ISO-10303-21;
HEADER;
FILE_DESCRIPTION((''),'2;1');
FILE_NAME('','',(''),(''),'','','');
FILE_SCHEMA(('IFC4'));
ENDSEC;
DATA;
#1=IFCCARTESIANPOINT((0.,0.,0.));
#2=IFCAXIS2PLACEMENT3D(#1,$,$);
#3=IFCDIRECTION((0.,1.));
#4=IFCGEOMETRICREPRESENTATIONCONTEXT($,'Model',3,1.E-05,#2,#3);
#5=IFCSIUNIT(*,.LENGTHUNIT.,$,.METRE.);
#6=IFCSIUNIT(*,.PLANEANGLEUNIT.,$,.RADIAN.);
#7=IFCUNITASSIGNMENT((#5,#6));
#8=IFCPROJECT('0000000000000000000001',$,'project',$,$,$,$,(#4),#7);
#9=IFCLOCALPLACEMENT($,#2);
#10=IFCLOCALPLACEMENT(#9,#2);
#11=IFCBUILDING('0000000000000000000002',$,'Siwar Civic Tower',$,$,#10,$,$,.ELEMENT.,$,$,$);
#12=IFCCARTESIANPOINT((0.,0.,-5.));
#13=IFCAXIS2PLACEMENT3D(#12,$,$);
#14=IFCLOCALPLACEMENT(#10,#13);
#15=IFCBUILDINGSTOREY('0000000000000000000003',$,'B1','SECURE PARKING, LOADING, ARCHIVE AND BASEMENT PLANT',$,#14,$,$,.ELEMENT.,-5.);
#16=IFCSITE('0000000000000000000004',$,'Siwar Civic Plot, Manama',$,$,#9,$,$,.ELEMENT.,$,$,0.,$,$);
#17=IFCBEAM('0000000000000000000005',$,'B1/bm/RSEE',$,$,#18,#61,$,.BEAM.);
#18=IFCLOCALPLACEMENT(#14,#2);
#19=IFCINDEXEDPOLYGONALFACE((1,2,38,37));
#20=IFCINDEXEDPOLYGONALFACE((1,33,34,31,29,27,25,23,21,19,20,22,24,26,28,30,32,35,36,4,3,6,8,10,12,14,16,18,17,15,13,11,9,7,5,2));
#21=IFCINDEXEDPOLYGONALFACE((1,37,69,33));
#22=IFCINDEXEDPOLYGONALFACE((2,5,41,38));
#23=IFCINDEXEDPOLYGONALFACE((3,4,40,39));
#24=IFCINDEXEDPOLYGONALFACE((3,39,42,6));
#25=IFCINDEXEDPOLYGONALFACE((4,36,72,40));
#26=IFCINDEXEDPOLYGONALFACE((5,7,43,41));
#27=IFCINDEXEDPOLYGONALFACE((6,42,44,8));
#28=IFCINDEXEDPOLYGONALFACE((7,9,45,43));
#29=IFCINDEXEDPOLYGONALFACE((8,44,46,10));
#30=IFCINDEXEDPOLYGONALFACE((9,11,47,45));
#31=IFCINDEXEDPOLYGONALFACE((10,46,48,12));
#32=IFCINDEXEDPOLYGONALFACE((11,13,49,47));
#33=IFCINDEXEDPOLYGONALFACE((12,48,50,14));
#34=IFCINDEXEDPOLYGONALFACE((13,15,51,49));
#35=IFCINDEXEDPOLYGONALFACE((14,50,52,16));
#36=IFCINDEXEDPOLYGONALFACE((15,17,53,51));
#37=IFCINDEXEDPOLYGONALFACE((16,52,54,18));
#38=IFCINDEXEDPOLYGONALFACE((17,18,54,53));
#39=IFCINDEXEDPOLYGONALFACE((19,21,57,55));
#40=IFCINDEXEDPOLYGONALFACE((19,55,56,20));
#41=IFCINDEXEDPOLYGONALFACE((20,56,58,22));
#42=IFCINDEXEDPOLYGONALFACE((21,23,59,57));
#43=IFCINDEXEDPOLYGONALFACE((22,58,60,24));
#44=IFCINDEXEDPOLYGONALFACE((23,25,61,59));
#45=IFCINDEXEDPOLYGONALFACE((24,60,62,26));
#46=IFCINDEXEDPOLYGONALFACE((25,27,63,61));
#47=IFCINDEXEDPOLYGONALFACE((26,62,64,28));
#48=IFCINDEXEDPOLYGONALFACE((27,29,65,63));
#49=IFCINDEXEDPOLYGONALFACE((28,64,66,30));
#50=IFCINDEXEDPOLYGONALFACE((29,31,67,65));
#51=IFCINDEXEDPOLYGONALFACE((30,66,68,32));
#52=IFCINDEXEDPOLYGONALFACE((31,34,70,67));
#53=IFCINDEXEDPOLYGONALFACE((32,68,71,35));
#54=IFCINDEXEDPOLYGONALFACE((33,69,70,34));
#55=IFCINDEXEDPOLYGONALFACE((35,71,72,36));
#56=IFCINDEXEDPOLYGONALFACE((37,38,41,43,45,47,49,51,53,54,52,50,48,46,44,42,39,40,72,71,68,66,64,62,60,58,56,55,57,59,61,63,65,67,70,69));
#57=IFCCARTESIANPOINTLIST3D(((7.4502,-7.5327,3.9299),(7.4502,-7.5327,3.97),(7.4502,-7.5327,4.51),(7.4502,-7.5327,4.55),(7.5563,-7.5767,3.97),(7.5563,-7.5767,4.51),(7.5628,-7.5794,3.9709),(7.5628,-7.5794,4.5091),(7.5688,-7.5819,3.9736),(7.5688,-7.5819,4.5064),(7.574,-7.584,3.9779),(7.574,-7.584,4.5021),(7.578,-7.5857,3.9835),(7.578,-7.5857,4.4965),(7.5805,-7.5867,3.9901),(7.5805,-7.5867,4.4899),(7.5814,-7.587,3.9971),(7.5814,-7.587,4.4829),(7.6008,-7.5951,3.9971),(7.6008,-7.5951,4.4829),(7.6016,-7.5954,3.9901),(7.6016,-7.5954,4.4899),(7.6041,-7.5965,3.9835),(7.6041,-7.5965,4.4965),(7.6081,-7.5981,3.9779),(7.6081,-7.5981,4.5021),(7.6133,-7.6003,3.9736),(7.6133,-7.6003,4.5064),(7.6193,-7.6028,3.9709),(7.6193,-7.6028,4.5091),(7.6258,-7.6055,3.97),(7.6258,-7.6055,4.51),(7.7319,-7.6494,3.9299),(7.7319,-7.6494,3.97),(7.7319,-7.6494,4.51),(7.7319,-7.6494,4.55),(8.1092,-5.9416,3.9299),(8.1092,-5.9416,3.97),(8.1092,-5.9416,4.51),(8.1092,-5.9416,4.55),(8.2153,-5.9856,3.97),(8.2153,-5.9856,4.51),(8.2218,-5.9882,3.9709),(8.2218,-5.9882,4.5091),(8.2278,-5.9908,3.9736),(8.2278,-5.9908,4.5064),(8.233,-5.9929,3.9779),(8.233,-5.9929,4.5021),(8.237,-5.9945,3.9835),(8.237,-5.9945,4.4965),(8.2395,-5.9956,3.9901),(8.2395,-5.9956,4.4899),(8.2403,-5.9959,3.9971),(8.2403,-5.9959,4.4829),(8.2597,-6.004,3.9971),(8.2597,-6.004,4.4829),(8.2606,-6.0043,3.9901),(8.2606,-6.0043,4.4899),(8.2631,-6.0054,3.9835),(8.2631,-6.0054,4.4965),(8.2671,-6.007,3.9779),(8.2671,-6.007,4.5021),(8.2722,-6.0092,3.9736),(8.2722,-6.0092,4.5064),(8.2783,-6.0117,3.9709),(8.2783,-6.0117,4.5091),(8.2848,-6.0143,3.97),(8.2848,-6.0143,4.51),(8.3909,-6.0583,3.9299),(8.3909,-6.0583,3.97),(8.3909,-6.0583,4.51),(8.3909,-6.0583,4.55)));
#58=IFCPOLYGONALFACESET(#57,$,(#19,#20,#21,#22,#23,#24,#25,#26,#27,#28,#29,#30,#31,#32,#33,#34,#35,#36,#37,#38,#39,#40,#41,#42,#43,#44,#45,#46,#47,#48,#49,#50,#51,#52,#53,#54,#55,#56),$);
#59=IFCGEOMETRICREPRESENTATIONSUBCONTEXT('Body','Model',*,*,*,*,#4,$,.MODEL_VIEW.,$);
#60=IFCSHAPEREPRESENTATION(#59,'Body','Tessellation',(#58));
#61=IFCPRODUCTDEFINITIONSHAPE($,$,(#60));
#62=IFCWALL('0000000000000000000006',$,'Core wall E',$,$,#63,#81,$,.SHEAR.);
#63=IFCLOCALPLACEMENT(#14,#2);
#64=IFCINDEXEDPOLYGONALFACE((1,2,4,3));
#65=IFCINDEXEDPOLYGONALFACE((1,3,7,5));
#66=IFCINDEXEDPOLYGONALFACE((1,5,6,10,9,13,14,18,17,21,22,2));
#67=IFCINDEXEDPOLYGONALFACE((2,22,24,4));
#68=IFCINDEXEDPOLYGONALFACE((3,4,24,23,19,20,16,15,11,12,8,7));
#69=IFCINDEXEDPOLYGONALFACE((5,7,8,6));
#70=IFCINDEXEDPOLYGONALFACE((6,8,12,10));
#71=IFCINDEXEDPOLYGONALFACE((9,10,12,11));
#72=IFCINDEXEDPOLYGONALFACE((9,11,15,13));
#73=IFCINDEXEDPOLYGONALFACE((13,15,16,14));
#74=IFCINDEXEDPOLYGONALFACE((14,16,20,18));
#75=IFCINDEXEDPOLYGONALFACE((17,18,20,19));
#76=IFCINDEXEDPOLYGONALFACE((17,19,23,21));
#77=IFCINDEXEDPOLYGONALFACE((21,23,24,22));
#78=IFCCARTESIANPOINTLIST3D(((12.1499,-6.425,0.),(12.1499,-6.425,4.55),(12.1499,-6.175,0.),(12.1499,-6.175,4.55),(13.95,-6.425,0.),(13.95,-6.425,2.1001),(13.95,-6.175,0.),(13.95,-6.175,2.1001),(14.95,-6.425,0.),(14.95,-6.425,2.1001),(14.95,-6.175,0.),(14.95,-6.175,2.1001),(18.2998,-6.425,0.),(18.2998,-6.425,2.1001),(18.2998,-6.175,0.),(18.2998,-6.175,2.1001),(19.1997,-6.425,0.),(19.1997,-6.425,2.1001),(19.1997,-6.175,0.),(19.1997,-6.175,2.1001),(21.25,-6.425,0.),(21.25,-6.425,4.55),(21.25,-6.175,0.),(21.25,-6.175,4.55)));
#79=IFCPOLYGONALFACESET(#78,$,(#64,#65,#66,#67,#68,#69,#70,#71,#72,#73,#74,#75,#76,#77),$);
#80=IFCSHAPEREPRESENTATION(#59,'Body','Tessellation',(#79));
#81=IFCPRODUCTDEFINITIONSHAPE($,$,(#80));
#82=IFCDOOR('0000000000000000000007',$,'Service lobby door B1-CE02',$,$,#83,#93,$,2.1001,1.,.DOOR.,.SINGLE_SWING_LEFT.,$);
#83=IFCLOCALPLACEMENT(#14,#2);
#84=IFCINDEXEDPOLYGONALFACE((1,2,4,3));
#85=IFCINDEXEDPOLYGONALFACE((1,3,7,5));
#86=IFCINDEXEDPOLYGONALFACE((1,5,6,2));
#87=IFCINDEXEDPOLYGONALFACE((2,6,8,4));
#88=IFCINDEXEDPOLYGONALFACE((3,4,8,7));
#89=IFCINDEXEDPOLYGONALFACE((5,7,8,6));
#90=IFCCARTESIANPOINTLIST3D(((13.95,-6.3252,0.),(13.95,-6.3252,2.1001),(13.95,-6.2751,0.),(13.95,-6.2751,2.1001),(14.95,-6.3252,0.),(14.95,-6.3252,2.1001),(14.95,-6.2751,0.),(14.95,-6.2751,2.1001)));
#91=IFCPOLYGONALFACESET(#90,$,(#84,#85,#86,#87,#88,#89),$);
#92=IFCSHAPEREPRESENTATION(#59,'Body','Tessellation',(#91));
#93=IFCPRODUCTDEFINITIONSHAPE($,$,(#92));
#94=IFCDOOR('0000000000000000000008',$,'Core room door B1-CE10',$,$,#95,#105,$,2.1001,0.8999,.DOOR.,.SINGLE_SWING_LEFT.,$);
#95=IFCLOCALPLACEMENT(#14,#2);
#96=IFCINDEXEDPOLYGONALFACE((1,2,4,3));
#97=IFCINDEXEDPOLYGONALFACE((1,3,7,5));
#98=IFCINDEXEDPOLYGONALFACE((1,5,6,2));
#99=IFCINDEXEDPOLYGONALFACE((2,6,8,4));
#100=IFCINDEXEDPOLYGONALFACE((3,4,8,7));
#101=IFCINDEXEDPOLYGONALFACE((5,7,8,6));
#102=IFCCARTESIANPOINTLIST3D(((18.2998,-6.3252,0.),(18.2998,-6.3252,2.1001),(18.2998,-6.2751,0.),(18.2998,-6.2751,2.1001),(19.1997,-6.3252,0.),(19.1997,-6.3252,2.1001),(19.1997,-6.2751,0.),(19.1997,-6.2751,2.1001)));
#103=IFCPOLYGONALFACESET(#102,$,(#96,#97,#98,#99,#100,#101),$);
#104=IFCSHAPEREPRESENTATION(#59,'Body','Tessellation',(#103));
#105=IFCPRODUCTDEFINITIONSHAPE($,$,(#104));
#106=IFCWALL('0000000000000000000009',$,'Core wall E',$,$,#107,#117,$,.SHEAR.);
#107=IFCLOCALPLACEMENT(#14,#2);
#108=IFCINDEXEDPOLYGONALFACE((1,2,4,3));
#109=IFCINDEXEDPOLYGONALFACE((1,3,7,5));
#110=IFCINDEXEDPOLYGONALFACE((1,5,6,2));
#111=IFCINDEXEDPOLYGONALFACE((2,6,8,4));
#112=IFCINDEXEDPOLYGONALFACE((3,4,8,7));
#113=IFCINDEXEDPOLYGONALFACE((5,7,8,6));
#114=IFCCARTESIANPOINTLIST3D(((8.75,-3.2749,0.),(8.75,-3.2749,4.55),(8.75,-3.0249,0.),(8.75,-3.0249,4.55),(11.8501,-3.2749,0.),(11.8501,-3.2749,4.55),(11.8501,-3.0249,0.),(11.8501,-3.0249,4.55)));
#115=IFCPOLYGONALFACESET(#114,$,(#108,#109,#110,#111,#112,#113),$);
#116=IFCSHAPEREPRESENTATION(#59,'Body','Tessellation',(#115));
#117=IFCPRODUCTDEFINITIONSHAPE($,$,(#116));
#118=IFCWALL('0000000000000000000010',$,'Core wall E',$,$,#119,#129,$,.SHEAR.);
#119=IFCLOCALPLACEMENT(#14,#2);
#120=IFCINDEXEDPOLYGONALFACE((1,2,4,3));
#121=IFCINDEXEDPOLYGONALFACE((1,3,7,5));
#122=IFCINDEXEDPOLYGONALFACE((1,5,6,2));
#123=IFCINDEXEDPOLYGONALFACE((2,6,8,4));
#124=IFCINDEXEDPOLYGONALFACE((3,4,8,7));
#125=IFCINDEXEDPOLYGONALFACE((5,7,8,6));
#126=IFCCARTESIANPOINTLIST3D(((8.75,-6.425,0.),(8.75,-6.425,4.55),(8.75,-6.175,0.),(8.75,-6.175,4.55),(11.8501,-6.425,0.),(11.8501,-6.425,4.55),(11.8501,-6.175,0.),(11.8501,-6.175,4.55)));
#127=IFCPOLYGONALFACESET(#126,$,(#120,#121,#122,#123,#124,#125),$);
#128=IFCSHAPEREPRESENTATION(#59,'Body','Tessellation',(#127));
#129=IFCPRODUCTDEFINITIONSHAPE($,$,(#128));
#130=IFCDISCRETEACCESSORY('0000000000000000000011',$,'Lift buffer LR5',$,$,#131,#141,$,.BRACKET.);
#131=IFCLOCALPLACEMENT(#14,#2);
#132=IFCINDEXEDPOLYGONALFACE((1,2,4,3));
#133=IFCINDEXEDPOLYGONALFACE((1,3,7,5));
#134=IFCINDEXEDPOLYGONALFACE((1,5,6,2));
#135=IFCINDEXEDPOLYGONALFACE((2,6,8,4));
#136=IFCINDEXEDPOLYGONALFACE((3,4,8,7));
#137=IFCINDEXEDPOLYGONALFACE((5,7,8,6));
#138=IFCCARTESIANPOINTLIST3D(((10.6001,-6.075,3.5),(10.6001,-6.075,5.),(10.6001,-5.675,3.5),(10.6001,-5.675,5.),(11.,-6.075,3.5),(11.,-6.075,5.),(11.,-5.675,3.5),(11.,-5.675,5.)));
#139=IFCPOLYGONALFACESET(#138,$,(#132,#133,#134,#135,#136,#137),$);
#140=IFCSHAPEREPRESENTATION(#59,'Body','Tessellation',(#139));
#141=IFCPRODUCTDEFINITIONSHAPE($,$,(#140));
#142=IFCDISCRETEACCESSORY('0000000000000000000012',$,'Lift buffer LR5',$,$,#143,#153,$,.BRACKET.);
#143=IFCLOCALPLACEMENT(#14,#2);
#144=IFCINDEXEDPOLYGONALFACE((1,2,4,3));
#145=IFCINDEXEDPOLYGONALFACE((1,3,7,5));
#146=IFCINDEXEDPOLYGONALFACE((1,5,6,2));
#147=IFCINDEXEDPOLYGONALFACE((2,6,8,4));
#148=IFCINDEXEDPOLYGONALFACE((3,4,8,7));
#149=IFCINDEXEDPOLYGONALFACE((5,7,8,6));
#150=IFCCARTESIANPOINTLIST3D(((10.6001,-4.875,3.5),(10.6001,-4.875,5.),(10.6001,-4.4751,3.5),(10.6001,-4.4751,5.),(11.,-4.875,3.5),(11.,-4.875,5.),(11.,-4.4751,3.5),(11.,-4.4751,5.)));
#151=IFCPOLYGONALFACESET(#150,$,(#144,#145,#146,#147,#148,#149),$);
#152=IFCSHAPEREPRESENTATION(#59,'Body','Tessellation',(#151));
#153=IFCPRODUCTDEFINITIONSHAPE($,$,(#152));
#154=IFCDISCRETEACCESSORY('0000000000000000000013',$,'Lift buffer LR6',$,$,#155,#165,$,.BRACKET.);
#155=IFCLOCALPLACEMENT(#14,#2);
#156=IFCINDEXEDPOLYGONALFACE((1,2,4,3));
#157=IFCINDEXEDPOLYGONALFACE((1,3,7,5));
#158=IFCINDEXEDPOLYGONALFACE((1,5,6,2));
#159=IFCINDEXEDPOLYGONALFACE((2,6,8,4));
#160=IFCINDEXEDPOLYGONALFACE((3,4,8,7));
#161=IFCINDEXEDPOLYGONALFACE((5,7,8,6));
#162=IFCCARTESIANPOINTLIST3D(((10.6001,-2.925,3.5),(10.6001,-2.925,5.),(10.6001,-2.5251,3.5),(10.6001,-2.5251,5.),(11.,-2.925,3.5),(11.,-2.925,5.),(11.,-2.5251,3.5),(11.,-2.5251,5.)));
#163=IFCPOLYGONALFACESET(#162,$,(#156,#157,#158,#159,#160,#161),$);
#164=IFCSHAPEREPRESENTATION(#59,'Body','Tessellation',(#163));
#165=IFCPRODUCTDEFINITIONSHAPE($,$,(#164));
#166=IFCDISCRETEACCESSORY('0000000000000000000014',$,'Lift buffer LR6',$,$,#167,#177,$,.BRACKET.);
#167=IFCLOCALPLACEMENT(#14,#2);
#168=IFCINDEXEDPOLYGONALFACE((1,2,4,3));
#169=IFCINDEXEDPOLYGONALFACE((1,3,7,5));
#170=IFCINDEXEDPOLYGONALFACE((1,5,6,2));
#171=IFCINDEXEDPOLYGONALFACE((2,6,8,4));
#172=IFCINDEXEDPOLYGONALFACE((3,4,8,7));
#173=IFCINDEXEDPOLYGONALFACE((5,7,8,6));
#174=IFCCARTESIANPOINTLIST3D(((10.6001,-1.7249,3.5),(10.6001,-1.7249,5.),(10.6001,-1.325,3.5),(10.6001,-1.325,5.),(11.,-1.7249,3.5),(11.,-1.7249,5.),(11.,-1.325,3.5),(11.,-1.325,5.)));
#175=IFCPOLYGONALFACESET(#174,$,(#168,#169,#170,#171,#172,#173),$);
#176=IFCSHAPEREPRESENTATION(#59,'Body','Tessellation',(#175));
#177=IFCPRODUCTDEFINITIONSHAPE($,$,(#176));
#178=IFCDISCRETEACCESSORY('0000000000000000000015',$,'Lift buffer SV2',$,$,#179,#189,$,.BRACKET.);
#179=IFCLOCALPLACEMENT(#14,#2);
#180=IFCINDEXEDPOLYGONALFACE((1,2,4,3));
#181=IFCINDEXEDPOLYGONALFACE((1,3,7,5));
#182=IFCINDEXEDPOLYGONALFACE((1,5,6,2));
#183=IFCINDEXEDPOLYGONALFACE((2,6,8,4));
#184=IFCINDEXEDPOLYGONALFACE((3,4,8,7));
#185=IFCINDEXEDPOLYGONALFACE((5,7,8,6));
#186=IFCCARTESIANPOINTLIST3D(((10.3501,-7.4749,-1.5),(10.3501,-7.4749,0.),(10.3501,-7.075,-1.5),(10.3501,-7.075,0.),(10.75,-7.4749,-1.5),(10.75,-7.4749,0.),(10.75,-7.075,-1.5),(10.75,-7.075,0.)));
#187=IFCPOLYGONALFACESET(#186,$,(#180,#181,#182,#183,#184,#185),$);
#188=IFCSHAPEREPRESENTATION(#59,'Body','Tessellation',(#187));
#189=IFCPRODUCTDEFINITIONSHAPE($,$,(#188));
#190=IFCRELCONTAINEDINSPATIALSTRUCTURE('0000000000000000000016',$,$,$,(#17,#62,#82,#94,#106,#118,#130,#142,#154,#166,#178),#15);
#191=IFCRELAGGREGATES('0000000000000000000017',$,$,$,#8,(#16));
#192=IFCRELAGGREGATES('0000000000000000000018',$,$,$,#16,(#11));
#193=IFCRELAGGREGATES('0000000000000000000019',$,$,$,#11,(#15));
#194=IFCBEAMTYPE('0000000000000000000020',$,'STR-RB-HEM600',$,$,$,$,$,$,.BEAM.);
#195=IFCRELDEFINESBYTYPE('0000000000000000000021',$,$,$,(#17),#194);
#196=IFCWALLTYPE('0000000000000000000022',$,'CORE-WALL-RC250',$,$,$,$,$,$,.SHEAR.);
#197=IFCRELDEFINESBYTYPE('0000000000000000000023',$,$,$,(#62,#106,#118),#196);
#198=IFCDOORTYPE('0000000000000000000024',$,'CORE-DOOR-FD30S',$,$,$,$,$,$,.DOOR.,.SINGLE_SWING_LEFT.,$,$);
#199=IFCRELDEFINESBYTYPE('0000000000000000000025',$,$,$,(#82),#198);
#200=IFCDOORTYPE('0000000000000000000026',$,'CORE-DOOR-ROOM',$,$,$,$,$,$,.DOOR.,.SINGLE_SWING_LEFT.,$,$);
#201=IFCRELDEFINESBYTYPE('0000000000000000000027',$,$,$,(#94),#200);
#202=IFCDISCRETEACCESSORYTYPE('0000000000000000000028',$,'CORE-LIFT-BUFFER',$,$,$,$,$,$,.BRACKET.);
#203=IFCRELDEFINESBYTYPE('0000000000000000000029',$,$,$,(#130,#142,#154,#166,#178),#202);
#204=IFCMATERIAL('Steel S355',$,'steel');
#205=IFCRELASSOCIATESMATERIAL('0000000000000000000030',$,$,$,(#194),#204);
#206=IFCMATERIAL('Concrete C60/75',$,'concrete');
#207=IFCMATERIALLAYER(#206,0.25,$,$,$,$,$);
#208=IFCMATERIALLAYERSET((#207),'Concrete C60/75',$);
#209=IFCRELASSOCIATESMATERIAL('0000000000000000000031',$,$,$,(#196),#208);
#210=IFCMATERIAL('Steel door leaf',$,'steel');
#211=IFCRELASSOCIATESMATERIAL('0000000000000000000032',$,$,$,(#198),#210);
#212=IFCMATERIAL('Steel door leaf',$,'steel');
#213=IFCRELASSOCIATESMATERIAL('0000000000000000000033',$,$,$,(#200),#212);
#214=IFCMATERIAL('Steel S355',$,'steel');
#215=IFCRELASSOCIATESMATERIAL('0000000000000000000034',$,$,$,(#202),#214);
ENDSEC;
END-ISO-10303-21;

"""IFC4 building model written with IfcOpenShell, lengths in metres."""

from ifc_helpers import new_model, si_unit, direction, frame, frame_2d, origin, origin_2d, place, context, subcontext, project, spatial, rectangle, i_section, extrude, material, layer, layer_set, material_profile, profile_set, type_object, element, fill, save


model = new_model("IFC4")

# Units and contexts
model_context = context("Model", 3, precision=1e-05, world=origin(), true_north=direction((0.0, 1.0)))
body_context = subcontext(model_context, "Body", "Model", "MODEL_VIEW")
ifc_project = project(units=[si_unit("LENGTHUNIT", "METRE"), si_unit("PLANEANGLEUNIT", "RADIAN")], contexts=[model_context])

# Site, building, storey
site_placement = place(None, origin())
site = spatial("IfcSite", under=ifc_project, at=site_placement, Name="Siwar Civic Plot, Manama", CompositionType="ELEMENT", RefElevation=0.0)
building_placement = place(site_placement, origin())
building = spatial("IfcBuilding", under=site, at=building_placement, Name="Siwar Civic Tower", CompositionType="ELEMENT")
storey_placement = place(building_placement, frame((0.0, 0.0, -5.0)))
storey = spatial("IfcBuildingStorey", under=building, at=storey_placement, Name="B1", Description="SECURE PARKING, LOADING, ARCHIVE AND BASEMENT PLANT", CompositionType="ELEMENT", Elevation=-5.0)

# Beam
ifc_material_1 = material(Name="Steel S355", Category="steel")
ifc_material_profile_1 = material_profile(ifc_material_1, i_section(OverallWidth=0.3049, OverallDepth=0.6201, WebThickness=0.021, FlangeThickness=0.04, FilletRadius=0.0271, at=origin_2d()), Name="HEM600")
ifc_profile_set_1 = profile_set([ifc_material_profile_1], Name="Steel S355")
beam_type = type_object("IfcBeamType", Name="STR-RB-HEM600", PredefinedType="BEAM", material=ifc_profile_set_1)
beam_placement = place(storey_placement, frame((7.5911, -7.5911, 4.24), z_axis=(0.382631, 0.923901, 0.0), x_axis=(-0.923901, 0.382631, 0.0)))
element("IfcBeam", 1, at=beam_placement, inside=storey, type_object=beam_type, Name="B1/bm/RSEE", PredefinedType="BEAM", context=body_context, shape_type="SweptSolid", body=[
    extrude(i_section(OverallWidth=0.3049, OverallDepth=0.6201, WebThickness=0.021, FlangeThickness=0.04, FilletRadius=0.0271, at=origin_2d()), origin(), (0.0, 0.0, 1.0), 1.7222),
])

# Wall, openings, doors
ifc_material_2 = material(Name="Concrete C60/75", Category="concrete")
ifc_layer_1 = layer(ifc_material_2, 0.25)
ifc_layer_set_1 = layer_set([ifc_layer_1], Name="Concrete C60/75")
wall_type = type_object("IfcWallType", Name="CORE-WALL-RC250", PredefinedType="SHEAR", material=ifc_layer_set_1)
wall_placement = place(storey_placement, frame((12.1499, -6.3, 0.0), z_axis=(0.0, 0.0, 1.0), x_axis=(1.0, 0.0, 0.0)))
wall = element("IfcWall", 2, at=wall_placement, inside=storey, type_object=wall_type, Name="Core wall E", PredefinedType="SHEAR", context=body_context, shape_type="SweptSolid", body=[
    extrude(rectangle(XDim=9.1001, YDim=0.25, at=frame_2d((4.55, 0.0))), origin(), (0.0, 0.0, 1.0), 4.55),
])
opening_1_placement = place(wall_placement, frame((1.8, 0.0, 0.0)))
opening_1 = element("IfcOpeningElement", 3, at=opening_1_placement, cuts=wall, PredefinedType="OPENING", context=body_context, shape_type="SweptSolid", body=[
    extrude(rectangle(XDim=1.0, YDim=2.1001, at=frame_2d((0.5, 1.05))), frame((0.0, 0.135, 0.0), z_axis=(0.0, -1.0, 0.0), x_axis=(1.0, 0.0, 0.0)), (0.0, 0.0, 1.0), 0.27),
])
opening_2_placement = place(wall_placement, frame((6.1499, 0.0, 0.0)))
opening_2 = element("IfcOpeningElement", 4, at=opening_2_placement, cuts=wall, PredefinedType="OPENING", context=body_context, shape_type="SweptSolid", body=[
    extrude(rectangle(XDim=0.8999, YDim=2.1001, at=frame_2d((0.45, 1.05))), frame((0.0, 0.135, 0.0), z_axis=(0.0, -1.0, 0.0), x_axis=(1.0, 0.0, 0.0)), (0.0, 0.0, 1.0), 0.27),
])
ifc_material_3 = material(Name="Steel door leaf", Category="steel")
door_type_1 = type_object("IfcDoorType", Name="CORE-DOOR-FD30S", OperationType="SINGLE_SWING_LEFT", PredefinedType="DOOR", material=ifc_material_3)
door_1_placement = place(opening_1_placement, origin())
door_1 = element("IfcDoor", 5, at=door_1_placement, inside=storey, type_object=door_type_1, Name="Service lobby door B1-CE02", OperationType="SINGLE_SWING_LEFT", OverallHeight=2.1001, OverallWidth=1.0, PredefinedType="DOOR", context=body_context, shape_type="SweptSolid", body=[
    extrude(rectangle(XDim=1.0, YDim=2.1001, at=frame_2d((0.5, 1.05))), frame((0.0, 0.0249, 0.0), z_axis=(0.0, -1.0, 0.0), x_axis=(1.0, 0.0, 0.0)), (0.0, 0.0, 1.0), 0.05),
])
fill(opening_1, door_1)
ifc_material_4 = material(Name="Steel door leaf", Category="steel")
door_type_2 = type_object("IfcDoorType", Name="CORE-DOOR-ROOM", OperationType="SINGLE_SWING_LEFT", PredefinedType="DOOR", material=ifc_material_4)
door_2_placement = place(opening_2_placement, origin())
door_2 = element("IfcDoor", 6, at=door_2_placement, inside=storey, type_object=door_type_2, Name="Core room door B1-CE10", OperationType="SINGLE_SWING_LEFT", OverallHeight=2.1001, OverallWidth=0.8999, PredefinedType="DOOR", context=body_context, shape_type="SweptSolid", body=[
    extrude(rectangle(XDim=0.8999, YDim=2.1001, at=frame_2d((0.45, 1.05))), frame((0.0, 0.0249, 0.0), z_axis=(0.0, -1.0, 0.0), x_axis=(1.0, 0.0, 0.0)), (0.0, 0.0, 1.0), 0.05),
])
fill(opening_2, door_2)

# Walls
for number, where, z_axis, x_axis, name in (
    (7, (8.75, -3.1499, 0.0), (0.0, 0.0, 1.0), (1.0, 0.0, 0.0), "Core wall E"),
    (8, (8.75, -6.3, 0.0), (0.0, 0.0, 1.0), (1.0, 0.0, 0.0), "Core wall E"),
):
    element("IfcWall", number, at=place(storey_placement, frame(where, z_axis=z_axis, x_axis=x_axis)), inside=storey, type_object=wall_type, Name=name, PredefinedType="SHEAR", context=body_context, shape_type="SweptSolid", body=[
        extrude(rectangle(XDim=3.1001, YDim=0.25, at=frame_2d((1.55, 0.0))), origin(), (0.0, 0.0, 1.0), 4.55),
    ])

# Discrete accessories
ifc_material_5 = material(Name="Steel S355", Category="steel")
discrete_accessory_type = type_object("IfcDiscreteAccessoryType", Name="CORE-LIFT-BUFFER", PredefinedType="BRACKET", material=ifc_material_5)
for number, where, z_axis, x_axis, name in (
    (9, (10.8, -5.875, 3.5), (0.0, 0.0, 1.0), (1.0, 0.0, 0.0), "Lift buffer LR5"),
    (10, (10.8, -4.675, 3.5), (0.0, 0.0, 1.0), (1.0, 0.0, 0.0), "Lift buffer LR5"),
    (11, (10.8, -2.7251, 3.5), (0.0, 0.0, 1.0), (1.0, 0.0, 0.0), "Lift buffer LR6"),
    (12, (10.8, -1.5249, 3.5), (0.0, 0.0, 1.0), (1.0, 0.0, 0.0), "Lift buffer LR6"),
    (13, (10.55, -7.2749, -1.5), (0.0, 0.0, 1.0), (1.0, 0.0, 0.0), "Lift buffer SV2"),
):
    element("IfcDiscreteAccessory", number, at=place(storey_placement, frame(where, z_axis=z_axis, x_axis=x_axis)), inside=storey, type_object=discrete_accessory_type, Name=name, PredefinedType="BRACKET", context=body_context, shape_type="SweptSolid", body=[
        extrude(rectangle(XDim=0.3999, YDim=0.3999, at=origin_2d()), origin(), (0.0, 0.0, 1.0), 1.5),
    ])

save(model, "model.ifc")
